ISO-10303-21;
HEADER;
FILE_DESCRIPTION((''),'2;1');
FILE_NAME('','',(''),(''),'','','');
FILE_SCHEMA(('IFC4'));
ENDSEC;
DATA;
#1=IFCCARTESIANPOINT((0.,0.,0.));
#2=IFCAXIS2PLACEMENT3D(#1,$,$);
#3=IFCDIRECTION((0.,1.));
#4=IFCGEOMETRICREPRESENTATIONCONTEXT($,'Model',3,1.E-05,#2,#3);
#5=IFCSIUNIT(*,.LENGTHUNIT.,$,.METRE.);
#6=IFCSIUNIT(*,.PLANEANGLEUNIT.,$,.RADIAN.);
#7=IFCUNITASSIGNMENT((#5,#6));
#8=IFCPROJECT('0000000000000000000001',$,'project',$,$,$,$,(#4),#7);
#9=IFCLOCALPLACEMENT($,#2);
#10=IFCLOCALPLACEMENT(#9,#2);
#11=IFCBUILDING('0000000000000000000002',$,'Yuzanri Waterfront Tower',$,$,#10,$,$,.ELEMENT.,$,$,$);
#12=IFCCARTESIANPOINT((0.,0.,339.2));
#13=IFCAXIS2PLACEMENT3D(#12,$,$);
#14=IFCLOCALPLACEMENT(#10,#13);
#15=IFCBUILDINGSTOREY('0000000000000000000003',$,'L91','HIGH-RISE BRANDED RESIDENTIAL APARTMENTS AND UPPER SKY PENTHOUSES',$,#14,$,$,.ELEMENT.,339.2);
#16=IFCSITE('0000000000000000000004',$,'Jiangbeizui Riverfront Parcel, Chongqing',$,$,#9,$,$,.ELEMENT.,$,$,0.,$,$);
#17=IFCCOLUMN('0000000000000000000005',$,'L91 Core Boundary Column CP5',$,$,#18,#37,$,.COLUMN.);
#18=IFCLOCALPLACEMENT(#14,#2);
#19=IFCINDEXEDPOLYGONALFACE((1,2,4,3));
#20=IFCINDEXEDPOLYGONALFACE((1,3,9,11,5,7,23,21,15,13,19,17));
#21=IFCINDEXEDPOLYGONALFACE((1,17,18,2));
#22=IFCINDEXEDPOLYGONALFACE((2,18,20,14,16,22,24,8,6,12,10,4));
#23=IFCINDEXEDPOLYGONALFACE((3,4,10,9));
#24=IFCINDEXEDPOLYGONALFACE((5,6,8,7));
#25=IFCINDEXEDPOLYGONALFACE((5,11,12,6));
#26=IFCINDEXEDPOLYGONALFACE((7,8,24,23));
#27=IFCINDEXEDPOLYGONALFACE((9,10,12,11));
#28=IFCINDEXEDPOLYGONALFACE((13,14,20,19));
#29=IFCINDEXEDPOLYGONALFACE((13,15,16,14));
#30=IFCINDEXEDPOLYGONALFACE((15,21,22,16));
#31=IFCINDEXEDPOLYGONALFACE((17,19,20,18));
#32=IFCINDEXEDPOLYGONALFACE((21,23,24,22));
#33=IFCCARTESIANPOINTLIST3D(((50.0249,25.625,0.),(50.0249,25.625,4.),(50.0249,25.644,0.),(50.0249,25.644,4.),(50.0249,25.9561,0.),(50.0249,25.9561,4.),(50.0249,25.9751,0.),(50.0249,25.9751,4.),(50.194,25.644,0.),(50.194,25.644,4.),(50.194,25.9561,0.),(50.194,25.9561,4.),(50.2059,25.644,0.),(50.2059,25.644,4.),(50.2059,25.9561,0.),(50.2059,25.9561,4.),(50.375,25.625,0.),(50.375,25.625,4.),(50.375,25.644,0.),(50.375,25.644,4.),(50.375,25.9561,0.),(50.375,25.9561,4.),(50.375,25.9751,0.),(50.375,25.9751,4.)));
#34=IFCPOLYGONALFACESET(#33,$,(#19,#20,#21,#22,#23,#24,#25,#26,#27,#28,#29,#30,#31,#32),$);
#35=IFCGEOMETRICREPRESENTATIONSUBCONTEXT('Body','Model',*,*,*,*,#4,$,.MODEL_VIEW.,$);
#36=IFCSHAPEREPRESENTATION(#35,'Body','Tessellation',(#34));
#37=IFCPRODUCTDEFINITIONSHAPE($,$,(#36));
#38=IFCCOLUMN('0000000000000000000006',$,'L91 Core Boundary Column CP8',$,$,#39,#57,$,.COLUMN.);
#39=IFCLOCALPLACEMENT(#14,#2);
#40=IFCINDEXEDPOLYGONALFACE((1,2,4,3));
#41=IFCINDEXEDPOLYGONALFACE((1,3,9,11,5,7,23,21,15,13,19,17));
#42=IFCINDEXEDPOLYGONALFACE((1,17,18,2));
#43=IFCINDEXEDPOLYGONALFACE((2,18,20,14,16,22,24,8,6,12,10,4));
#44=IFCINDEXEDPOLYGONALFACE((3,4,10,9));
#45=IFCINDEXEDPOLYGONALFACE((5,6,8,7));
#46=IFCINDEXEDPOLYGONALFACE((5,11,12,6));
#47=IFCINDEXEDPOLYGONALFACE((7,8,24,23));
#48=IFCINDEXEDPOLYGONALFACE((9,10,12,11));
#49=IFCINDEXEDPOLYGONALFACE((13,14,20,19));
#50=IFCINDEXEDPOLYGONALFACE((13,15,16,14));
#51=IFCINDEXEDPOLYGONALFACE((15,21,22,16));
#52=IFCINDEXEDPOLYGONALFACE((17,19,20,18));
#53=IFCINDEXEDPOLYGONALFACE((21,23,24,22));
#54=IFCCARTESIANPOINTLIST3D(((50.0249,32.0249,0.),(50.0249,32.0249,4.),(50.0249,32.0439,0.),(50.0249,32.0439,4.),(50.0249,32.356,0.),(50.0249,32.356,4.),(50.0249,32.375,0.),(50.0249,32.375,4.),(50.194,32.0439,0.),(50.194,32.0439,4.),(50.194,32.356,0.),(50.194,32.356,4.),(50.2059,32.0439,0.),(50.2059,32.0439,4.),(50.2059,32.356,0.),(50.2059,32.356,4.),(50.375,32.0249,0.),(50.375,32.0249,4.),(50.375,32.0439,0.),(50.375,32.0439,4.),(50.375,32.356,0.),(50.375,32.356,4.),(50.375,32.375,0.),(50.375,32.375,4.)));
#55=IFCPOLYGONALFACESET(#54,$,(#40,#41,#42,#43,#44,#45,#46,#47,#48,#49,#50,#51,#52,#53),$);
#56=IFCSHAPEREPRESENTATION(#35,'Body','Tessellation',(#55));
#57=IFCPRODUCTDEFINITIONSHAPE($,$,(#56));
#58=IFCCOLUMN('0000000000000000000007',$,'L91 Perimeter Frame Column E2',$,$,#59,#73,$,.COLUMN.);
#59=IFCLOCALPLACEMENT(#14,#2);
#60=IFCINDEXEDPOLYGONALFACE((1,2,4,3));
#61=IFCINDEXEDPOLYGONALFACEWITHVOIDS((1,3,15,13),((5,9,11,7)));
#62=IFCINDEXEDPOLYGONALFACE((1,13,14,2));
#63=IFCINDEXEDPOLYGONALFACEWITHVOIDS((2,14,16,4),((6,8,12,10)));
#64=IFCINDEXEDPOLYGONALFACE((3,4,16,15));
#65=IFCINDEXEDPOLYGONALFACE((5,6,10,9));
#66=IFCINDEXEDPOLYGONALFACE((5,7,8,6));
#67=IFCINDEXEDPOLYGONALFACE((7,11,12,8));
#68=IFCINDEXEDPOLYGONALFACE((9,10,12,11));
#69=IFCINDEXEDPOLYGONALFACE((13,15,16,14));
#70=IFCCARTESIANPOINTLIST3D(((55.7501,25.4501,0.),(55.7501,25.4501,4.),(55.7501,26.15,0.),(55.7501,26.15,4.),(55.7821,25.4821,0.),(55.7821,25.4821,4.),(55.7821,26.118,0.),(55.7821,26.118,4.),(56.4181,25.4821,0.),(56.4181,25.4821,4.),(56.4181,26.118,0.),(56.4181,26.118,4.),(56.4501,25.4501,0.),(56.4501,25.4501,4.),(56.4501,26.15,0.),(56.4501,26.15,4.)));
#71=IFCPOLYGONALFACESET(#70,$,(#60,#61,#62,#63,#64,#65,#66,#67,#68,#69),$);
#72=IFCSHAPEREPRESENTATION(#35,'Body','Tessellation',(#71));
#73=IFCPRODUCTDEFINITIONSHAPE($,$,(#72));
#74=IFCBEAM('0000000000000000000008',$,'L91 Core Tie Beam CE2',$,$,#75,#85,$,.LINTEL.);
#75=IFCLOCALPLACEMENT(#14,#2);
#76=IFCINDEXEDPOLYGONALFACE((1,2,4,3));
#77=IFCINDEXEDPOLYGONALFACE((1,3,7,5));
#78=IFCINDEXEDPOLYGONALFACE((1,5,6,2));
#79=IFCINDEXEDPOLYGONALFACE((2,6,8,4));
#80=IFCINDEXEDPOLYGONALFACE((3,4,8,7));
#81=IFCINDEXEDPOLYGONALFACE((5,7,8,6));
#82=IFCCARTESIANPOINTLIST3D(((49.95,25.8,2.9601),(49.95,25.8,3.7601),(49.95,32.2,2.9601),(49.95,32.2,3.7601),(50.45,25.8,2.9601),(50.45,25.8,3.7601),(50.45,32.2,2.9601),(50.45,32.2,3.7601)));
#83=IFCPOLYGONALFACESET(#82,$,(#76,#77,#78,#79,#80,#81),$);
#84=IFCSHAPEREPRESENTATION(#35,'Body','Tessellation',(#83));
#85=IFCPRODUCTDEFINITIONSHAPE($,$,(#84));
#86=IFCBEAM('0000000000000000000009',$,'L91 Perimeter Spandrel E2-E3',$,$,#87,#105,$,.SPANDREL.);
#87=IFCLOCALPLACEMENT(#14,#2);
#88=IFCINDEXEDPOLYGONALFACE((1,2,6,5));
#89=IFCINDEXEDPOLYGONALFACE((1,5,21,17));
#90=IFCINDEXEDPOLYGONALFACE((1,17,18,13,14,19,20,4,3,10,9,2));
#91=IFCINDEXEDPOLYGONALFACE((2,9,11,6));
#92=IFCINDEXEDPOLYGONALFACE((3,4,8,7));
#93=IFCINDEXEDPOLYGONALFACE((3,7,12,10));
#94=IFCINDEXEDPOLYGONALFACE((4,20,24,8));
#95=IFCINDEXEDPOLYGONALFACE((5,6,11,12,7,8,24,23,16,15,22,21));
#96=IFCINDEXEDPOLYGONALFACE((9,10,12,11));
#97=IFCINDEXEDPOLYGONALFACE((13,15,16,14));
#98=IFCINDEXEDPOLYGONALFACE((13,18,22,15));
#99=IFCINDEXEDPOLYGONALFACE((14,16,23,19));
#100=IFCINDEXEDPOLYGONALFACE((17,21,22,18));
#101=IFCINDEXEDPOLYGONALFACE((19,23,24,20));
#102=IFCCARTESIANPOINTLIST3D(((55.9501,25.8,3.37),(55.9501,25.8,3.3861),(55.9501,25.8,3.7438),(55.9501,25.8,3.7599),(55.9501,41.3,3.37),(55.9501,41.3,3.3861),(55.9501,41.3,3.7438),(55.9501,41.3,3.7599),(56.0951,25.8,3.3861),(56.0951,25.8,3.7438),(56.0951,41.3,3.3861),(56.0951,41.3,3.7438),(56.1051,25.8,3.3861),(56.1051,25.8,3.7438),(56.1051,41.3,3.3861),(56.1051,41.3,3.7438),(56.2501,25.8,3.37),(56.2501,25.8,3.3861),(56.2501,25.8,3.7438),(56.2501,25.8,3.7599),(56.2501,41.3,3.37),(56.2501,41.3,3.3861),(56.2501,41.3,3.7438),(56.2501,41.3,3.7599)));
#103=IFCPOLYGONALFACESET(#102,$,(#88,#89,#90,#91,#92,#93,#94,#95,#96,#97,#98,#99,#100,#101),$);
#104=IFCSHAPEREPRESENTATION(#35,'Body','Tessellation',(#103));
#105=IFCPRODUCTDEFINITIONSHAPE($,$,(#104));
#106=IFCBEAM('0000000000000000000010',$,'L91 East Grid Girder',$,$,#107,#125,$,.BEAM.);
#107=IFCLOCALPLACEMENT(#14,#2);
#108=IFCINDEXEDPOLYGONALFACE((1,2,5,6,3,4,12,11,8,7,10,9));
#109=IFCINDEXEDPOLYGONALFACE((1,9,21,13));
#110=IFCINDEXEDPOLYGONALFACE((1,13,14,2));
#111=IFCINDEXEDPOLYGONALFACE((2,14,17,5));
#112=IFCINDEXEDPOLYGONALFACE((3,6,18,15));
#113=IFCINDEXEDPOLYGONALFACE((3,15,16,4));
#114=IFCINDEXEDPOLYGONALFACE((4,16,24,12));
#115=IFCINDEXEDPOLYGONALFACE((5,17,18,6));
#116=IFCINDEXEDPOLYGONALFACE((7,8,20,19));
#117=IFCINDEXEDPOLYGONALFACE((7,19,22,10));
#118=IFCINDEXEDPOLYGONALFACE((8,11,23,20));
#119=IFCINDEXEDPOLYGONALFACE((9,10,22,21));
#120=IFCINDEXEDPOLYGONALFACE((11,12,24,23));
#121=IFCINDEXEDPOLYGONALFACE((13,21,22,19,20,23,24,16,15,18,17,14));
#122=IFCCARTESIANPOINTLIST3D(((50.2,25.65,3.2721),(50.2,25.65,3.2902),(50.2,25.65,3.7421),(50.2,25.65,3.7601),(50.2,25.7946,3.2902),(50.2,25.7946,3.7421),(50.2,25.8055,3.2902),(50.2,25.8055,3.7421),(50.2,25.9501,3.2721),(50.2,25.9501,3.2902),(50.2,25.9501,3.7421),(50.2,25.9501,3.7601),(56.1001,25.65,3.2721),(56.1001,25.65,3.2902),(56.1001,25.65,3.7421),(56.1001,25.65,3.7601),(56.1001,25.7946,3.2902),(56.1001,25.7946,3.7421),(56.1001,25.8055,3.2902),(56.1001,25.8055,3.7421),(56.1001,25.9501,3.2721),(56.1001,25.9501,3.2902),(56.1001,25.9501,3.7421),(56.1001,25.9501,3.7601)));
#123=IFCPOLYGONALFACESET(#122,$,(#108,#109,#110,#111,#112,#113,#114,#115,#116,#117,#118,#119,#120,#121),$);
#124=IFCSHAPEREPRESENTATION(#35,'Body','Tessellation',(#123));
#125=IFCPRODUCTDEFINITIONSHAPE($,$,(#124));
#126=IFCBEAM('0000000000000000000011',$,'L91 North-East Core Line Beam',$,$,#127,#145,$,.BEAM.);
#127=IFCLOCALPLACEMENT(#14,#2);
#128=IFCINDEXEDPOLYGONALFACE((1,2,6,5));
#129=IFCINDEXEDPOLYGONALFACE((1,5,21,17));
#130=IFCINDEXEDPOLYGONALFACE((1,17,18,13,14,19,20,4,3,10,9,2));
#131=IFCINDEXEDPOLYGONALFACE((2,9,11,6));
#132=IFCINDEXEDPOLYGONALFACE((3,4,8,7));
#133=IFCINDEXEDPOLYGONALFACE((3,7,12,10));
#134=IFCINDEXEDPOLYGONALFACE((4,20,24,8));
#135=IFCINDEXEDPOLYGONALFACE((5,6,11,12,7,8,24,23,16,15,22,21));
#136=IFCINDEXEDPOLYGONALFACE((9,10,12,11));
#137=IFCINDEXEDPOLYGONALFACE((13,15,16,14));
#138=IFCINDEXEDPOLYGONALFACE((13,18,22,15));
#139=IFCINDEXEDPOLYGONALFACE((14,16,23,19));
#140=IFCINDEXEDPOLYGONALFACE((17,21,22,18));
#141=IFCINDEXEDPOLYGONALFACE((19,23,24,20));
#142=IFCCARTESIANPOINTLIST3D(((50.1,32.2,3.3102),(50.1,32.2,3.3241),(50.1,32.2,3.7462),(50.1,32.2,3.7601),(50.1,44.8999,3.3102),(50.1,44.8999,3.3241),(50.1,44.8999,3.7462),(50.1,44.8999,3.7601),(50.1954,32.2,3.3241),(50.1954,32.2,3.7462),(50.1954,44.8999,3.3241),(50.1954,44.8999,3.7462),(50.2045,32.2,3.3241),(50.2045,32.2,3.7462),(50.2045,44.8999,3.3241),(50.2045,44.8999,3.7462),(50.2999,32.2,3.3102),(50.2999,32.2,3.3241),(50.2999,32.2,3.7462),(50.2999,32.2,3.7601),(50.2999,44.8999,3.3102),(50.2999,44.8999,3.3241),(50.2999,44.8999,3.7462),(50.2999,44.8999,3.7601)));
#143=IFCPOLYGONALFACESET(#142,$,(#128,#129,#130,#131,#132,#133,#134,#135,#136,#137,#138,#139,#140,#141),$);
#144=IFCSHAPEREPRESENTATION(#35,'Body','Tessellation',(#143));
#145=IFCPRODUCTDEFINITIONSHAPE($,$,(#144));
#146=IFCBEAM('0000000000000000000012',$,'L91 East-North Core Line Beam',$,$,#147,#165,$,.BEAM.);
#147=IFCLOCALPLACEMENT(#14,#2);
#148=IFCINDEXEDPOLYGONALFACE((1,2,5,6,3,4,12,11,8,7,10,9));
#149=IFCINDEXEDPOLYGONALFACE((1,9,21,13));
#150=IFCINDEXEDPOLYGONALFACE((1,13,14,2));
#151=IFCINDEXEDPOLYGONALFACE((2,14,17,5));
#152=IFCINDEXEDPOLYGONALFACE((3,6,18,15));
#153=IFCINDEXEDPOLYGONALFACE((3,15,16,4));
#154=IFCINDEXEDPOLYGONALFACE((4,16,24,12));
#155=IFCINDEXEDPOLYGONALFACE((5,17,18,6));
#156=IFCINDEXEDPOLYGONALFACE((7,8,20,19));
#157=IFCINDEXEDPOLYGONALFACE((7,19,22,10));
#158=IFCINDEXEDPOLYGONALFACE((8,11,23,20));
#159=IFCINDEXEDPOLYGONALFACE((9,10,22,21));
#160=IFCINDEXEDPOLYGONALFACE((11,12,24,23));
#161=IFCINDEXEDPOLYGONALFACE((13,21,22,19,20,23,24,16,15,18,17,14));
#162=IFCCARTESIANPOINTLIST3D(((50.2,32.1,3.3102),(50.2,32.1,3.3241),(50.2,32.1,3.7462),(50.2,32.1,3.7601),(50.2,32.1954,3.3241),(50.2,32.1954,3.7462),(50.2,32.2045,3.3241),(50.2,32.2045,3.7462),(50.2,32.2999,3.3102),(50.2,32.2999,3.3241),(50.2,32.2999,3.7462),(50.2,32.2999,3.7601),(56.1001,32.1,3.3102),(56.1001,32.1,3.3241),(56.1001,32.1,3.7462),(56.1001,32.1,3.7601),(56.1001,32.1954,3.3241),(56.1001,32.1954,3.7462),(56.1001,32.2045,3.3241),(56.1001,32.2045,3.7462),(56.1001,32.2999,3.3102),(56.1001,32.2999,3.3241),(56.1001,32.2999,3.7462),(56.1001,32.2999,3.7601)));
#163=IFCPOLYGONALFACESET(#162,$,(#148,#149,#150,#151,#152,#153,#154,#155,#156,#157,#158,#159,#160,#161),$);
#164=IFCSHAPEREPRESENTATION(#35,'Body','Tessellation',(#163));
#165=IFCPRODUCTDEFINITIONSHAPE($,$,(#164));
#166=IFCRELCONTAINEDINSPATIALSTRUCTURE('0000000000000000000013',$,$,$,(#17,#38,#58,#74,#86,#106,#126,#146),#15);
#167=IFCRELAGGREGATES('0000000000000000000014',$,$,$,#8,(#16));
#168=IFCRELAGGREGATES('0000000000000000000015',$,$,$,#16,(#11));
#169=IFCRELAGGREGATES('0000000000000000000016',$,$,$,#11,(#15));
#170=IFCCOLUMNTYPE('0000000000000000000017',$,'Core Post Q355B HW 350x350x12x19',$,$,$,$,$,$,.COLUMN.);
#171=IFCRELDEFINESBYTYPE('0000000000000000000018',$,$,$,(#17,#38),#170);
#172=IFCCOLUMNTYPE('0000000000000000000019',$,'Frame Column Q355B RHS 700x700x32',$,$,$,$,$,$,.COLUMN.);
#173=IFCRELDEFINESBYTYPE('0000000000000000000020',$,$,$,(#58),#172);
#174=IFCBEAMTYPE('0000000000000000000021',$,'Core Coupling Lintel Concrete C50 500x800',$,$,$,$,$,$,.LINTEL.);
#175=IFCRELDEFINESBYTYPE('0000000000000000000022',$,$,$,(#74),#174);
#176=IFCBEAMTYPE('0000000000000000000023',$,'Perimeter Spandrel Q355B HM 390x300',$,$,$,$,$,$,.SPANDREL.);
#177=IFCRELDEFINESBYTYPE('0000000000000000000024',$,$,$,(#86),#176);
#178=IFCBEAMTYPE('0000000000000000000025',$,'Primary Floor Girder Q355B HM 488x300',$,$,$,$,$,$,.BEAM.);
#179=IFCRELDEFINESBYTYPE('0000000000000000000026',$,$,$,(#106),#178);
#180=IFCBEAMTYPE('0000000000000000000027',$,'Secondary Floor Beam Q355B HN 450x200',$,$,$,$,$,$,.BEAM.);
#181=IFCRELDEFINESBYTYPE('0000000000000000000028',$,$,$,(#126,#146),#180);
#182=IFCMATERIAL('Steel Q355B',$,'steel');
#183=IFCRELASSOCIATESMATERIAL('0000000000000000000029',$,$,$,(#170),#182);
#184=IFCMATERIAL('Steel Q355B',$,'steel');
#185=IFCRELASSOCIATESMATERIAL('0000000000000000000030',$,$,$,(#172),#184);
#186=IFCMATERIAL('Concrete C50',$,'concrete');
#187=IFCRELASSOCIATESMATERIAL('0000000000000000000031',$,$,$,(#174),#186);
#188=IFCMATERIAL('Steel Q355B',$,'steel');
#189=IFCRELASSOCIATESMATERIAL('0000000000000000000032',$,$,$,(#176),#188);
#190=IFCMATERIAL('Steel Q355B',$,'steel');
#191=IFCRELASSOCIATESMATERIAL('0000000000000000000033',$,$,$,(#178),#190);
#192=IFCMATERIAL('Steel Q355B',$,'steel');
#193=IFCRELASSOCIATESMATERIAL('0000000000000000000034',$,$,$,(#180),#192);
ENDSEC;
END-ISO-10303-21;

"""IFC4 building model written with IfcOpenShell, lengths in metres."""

from ifc_helpers import new_model, si_unit, direction, frame, origin, origin_2d, place, context, subcontext, project, spatial, rectangle, hollow_rectangle, i_section, extrude, source, transform, mapped, material, material_profile, profile_set, type_object, element, save


model = new_model("IFC4")

# Units and contexts
model_context = context("Model", 3, precision=1e-05, world=origin(), true_north=direction((0.0, 1.0)))
body_context = subcontext(model_context, "Body", "Model", "MODEL_VIEW")
ifc_project = project(units=[si_unit("LENGTHUNIT", "METRE"), si_unit("PLANEANGLEUNIT", "RADIAN")], contexts=[model_context])

# Site, building, storey
site_placement = place(None, origin())
site = spatial("IfcSite", under=ifc_project, at=site_placement, Name="Jiangbeizui Riverfront Parcel, Chongqing", CompositionType="ELEMENT", RefElevation=0.0)
building_placement = place(site_placement, origin())
building = spatial("IfcBuilding", under=site, at=building_placement, Name="Yuzanri Waterfront Tower", CompositionType="ELEMENT")
storey_placement = place(building_placement, frame((0.0, 0.0, 339.2)))
storey = spatial("IfcBuildingStorey", under=building, at=storey_placement, Name="L91", Description="HIGH-RISE BRANDED RESIDENTIAL APARTMENTS AND UPPER SKY PENTHOUSES", CompositionType="ELEMENT", Elevation=339.2)

# Columns
ifc_material_1 = material(Name="Steel Q355B", Category="steel")
ifc_material_profile_1 = material_profile(ifc_material_1, i_section(OverallWidth=0.3501, OverallDepth=0.3501, WebThickness=0.012, FlangeThickness=0.019, at=origin_2d()), Name="HW 350x350x12x19")
ifc_profile_set_1 = profile_set([ifc_material_profile_1], Name="Steel Q355B")
column_type_1 = type_object("IfcColumnType", Name="Core Post Q355B HW 350x350x12x19", PredefinedType="COLUMN", material=ifc_profile_set_1)
shared_shape_1 = source(origin(), body_context, "Body", "SweptSolid", [
    extrude(i_section(OverallWidth=0.3501, OverallDepth=0.3501, WebThickness=0.012, FlangeThickness=0.019, at=origin_2d()), origin(), (0.0, 0.0, 1.0), 4.0),
])
for number, where, z_axis, x_axis, name in (
    (1, (50.2, 25.8, 0.0), (0.0, 0.0, 1.0), (1.0, 0.0, 0.0), "L91 Core Boundary Column CP5"),
    (2, (50.2, 32.2, 0.0), (0.0, 0.0, 1.0), (1.0, 0.0, 0.0), "L91 Core Boundary Column CP8"),
):
    element("IfcColumn", number, at=place(storey_placement, frame(where, z_axis=z_axis, x_axis=x_axis)), inside=storey, type_object=column_type_1, Name=name, PredefinedType="COLUMN", context=body_context, shape_type="MappedRepresentation", body=[
        mapped(shared_shape_1, transform((0.0, 0.0, 0.0), scale=1.0)),
    ])
ifc_material_2 = material(Name="Steel Q355B", Category="steel")
ifc_material_profile_2 = material_profile(ifc_material_2, hollow_rectangle(XDim=0.7, YDim=0.7, WallThickness=0.032, at=origin_2d()), Name="RHS 700x700x32")
ifc_profile_set_2 = profile_set([ifc_material_profile_2], Name="Steel Q355B")
column_type_2 = type_object("IfcColumnType", Name="Frame Column Q355B RHS 700x700x32", PredefinedType="COLUMN", material=ifc_profile_set_2)
shared_shape_2 = source(origin(), body_context, "Body", "SweptSolid", [
    extrude(hollow_rectangle(XDim=0.7, YDim=0.7, WallThickness=0.032, at=origin_2d()), origin(), (0.0, 0.0, 1.0), 4.0),
])
column_placement = place(storey_placement, frame((56.1001, 25.8, 0.0), z_axis=(0.0, 0.0, 1.0), x_axis=(1.0, 0.0, 0.0)))
element("IfcColumn", 3, at=column_placement, inside=storey, type_object=column_type_2, Name="L91 Perimeter Frame Column E2", PredefinedType="COLUMN", context=body_context, shape_type="MappedRepresentation", body=[
    mapped(shared_shape_2, transform((0.0, 0.0, 0.0), scale=1.0)),
])

# Beams
ifc_material_3 = material(Name="Concrete C50", Category="concrete")
ifc_material_profile_3 = material_profile(ifc_material_3, rectangle(XDim=0.5, YDim=0.8, at=origin_2d()), Name="RC 500x800")
ifc_profile_set_3 = profile_set([ifc_material_profile_3], Name="Concrete C50")
beam_type_1 = type_object("IfcBeamType", Name="Core Coupling Lintel Concrete C50 500x800", PredefinedType="LINTEL", material=ifc_profile_set_3)
shared_shape_3 = source(origin(), body_context, "Body", "SweptSolid", [
    extrude(rectangle(XDim=0.5, YDim=0.8, at=origin_2d()), origin(), (0.0, 0.0, 1.0), 6.3999),
])
beam_1_placement = place(storey_placement, frame((50.2, 25.8, 3.3601), z_axis=(0.0, 1.0, 0.0), x_axis=(-1.0, 0.0, 0.0)))
element("IfcBeam", 4, at=beam_1_placement, inside=storey, type_object=beam_type_1, Name="L91 Core Tie Beam CE2", PredefinedType="LINTEL", context=body_context, shape_type="MappedRepresentation", body=[
    mapped(shared_shape_3, transform((0.0, 0.0, 0.0), scale=1.0)),
])
ifc_material_4 = material(Name="Steel Q355B", Category="steel")
ifc_material_profile_4 = material_profile(ifc_material_4, i_section(OverallWidth=0.3, OverallDepth=0.3899, WebThickness=0.01, FlangeThickness=0.0161, at=origin_2d()), Name="HM 390x300x10x16")
ifc_profile_set_4 = profile_set([ifc_material_profile_4], Name="Steel Q355B")
beam_type_2 = type_object("IfcBeamType", Name="Perimeter Spandrel Q355B HM 390x300", PredefinedType="SPANDREL", material=ifc_profile_set_4)
shared_shape_4 = source(origin(), body_context, "Body", "SweptSolid", [
    extrude(i_section(OverallWidth=0.3, OverallDepth=0.3899, WebThickness=0.01, FlangeThickness=0.0161, at=origin_2d()), origin(), (0.0, 0.0, 1.0), 15.5),
])
beam_2_placement = place(storey_placement, frame((56.1001, 25.8, 3.5649), z_axis=(0.0, 1.0, 0.0), x_axis=(-1.0, 0.0, 0.0)))
element("IfcBeam", 5, at=beam_2_placement, inside=storey, type_object=beam_type_2, Name="L91 Perimeter Spandrel E2-E3", PredefinedType="SPANDREL", context=body_context, shape_type="MappedRepresentation", body=[
    mapped(shared_shape_4, transform((0.0, 0.0, 0.0), scale=1.0)),
])
ifc_material_5 = material(Name="Steel Q355B", Category="steel")
ifc_material_profile_5 = material_profile(ifc_material_5, i_section(OverallWidth=0.3, OverallDepth=0.488, WebThickness=0.011, FlangeThickness=0.0181, at=origin_2d()), Name="HM 488x300x11x18")
ifc_profile_set_5 = profile_set([ifc_material_profile_5], Name="Steel Q355B")
beam_type_3 = type_object("IfcBeamType", Name="Primary Floor Girder Q355B HM 488x300", PredefinedType="BEAM", material=ifc_profile_set_5)
shared_shape_5 = source(origin(), body_context, "Body", "SweptSolid", [
    extrude(i_section(OverallWidth=0.3, OverallDepth=0.488, WebThickness=0.011, FlangeThickness=0.0181, at=origin_2d()), origin(), (0.0, 0.0, 1.0), 5.9001),
])
beam_3_placement = place(storey_placement, frame((50.2, 25.8, 3.5161), z_axis=(1.0, 0.0, 0.0), x_axis=(0.0, 1.0, 0.0)))
element("IfcBeam", 6, at=beam_3_placement, inside=storey, type_object=beam_type_3, Name="L91 East Grid Girder", PredefinedType="BEAM", context=body_context, shape_type="MappedRepresentation", body=[
    mapped(shared_shape_5, transform((0.0, 0.0, 0.0), scale=1.0)),
])
ifc_material_6 = material(Name="Steel Q355B", Category="steel")
ifc_material_profile_6 = material_profile(ifc_material_6, i_section(OverallWidth=0.2, OverallDepth=0.45, WebThickness=0.009, FlangeThickness=0.0139, at=origin_2d()), Name="HN 450x200x9x14")
ifc_profile_set_6 = profile_set([ifc_material_profile_6], Name="Steel Q355B")
beam_type_4 = type_object("IfcBeamType", Name="Secondary Floor Beam Q355B HN 450x200", PredefinedType="BEAM", material=ifc_profile_set_6)
shared_shape_6 = source(origin(), body_context, "Body", "SweptSolid", [
    extrude(i_section(OverallWidth=0.2, OverallDepth=0.45, WebThickness=0.009, FlangeThickness=0.0139, at=origin_2d()), origin(), (0.0, 0.0, 1.0), 12.7),
])
beam_4_placement = place(storey_placement, frame((50.2, 32.2, 3.5352), z_axis=(0.0, 1.0, 0.0), x_axis=(-1.0, 0.0, 0.0)))
element("IfcBeam", 7, at=beam_4_placement, inside=storey, type_object=beam_type_4, Name="L91 North-East Core Line Beam", PredefinedType="BEAM", context=body_context, shape_type="MappedRepresentation", body=[
    mapped(shared_shape_6, transform((0.0, 0.0, 0.0), scale=1.0)),
])
shared_shape_7 = source(origin(), body_context, "Body", "SweptSolid", [
    extrude(i_section(OverallWidth=0.2, OverallDepth=0.45, WebThickness=0.009, FlangeThickness=0.0139, at=origin_2d()), origin(), (0.0, 0.0, 1.0), 5.9001),
])
beam_5_placement = place(storey_placement, frame((50.2, 32.2, 3.5352), z_axis=(1.0, 0.0, 0.0), x_axis=(0.0, 1.0, 0.0)))
element("IfcBeam", 8, at=beam_5_placement, inside=storey, type_object=beam_type_4, Name="L91 East-North Core Line Beam", PredefinedType="BEAM", context=body_context, shape_type="MappedRepresentation", body=[
    mapped(shared_shape_7, transform((0.0, 0.0, 0.0), scale=1.0)),
])

save(model, "model.ifc")
